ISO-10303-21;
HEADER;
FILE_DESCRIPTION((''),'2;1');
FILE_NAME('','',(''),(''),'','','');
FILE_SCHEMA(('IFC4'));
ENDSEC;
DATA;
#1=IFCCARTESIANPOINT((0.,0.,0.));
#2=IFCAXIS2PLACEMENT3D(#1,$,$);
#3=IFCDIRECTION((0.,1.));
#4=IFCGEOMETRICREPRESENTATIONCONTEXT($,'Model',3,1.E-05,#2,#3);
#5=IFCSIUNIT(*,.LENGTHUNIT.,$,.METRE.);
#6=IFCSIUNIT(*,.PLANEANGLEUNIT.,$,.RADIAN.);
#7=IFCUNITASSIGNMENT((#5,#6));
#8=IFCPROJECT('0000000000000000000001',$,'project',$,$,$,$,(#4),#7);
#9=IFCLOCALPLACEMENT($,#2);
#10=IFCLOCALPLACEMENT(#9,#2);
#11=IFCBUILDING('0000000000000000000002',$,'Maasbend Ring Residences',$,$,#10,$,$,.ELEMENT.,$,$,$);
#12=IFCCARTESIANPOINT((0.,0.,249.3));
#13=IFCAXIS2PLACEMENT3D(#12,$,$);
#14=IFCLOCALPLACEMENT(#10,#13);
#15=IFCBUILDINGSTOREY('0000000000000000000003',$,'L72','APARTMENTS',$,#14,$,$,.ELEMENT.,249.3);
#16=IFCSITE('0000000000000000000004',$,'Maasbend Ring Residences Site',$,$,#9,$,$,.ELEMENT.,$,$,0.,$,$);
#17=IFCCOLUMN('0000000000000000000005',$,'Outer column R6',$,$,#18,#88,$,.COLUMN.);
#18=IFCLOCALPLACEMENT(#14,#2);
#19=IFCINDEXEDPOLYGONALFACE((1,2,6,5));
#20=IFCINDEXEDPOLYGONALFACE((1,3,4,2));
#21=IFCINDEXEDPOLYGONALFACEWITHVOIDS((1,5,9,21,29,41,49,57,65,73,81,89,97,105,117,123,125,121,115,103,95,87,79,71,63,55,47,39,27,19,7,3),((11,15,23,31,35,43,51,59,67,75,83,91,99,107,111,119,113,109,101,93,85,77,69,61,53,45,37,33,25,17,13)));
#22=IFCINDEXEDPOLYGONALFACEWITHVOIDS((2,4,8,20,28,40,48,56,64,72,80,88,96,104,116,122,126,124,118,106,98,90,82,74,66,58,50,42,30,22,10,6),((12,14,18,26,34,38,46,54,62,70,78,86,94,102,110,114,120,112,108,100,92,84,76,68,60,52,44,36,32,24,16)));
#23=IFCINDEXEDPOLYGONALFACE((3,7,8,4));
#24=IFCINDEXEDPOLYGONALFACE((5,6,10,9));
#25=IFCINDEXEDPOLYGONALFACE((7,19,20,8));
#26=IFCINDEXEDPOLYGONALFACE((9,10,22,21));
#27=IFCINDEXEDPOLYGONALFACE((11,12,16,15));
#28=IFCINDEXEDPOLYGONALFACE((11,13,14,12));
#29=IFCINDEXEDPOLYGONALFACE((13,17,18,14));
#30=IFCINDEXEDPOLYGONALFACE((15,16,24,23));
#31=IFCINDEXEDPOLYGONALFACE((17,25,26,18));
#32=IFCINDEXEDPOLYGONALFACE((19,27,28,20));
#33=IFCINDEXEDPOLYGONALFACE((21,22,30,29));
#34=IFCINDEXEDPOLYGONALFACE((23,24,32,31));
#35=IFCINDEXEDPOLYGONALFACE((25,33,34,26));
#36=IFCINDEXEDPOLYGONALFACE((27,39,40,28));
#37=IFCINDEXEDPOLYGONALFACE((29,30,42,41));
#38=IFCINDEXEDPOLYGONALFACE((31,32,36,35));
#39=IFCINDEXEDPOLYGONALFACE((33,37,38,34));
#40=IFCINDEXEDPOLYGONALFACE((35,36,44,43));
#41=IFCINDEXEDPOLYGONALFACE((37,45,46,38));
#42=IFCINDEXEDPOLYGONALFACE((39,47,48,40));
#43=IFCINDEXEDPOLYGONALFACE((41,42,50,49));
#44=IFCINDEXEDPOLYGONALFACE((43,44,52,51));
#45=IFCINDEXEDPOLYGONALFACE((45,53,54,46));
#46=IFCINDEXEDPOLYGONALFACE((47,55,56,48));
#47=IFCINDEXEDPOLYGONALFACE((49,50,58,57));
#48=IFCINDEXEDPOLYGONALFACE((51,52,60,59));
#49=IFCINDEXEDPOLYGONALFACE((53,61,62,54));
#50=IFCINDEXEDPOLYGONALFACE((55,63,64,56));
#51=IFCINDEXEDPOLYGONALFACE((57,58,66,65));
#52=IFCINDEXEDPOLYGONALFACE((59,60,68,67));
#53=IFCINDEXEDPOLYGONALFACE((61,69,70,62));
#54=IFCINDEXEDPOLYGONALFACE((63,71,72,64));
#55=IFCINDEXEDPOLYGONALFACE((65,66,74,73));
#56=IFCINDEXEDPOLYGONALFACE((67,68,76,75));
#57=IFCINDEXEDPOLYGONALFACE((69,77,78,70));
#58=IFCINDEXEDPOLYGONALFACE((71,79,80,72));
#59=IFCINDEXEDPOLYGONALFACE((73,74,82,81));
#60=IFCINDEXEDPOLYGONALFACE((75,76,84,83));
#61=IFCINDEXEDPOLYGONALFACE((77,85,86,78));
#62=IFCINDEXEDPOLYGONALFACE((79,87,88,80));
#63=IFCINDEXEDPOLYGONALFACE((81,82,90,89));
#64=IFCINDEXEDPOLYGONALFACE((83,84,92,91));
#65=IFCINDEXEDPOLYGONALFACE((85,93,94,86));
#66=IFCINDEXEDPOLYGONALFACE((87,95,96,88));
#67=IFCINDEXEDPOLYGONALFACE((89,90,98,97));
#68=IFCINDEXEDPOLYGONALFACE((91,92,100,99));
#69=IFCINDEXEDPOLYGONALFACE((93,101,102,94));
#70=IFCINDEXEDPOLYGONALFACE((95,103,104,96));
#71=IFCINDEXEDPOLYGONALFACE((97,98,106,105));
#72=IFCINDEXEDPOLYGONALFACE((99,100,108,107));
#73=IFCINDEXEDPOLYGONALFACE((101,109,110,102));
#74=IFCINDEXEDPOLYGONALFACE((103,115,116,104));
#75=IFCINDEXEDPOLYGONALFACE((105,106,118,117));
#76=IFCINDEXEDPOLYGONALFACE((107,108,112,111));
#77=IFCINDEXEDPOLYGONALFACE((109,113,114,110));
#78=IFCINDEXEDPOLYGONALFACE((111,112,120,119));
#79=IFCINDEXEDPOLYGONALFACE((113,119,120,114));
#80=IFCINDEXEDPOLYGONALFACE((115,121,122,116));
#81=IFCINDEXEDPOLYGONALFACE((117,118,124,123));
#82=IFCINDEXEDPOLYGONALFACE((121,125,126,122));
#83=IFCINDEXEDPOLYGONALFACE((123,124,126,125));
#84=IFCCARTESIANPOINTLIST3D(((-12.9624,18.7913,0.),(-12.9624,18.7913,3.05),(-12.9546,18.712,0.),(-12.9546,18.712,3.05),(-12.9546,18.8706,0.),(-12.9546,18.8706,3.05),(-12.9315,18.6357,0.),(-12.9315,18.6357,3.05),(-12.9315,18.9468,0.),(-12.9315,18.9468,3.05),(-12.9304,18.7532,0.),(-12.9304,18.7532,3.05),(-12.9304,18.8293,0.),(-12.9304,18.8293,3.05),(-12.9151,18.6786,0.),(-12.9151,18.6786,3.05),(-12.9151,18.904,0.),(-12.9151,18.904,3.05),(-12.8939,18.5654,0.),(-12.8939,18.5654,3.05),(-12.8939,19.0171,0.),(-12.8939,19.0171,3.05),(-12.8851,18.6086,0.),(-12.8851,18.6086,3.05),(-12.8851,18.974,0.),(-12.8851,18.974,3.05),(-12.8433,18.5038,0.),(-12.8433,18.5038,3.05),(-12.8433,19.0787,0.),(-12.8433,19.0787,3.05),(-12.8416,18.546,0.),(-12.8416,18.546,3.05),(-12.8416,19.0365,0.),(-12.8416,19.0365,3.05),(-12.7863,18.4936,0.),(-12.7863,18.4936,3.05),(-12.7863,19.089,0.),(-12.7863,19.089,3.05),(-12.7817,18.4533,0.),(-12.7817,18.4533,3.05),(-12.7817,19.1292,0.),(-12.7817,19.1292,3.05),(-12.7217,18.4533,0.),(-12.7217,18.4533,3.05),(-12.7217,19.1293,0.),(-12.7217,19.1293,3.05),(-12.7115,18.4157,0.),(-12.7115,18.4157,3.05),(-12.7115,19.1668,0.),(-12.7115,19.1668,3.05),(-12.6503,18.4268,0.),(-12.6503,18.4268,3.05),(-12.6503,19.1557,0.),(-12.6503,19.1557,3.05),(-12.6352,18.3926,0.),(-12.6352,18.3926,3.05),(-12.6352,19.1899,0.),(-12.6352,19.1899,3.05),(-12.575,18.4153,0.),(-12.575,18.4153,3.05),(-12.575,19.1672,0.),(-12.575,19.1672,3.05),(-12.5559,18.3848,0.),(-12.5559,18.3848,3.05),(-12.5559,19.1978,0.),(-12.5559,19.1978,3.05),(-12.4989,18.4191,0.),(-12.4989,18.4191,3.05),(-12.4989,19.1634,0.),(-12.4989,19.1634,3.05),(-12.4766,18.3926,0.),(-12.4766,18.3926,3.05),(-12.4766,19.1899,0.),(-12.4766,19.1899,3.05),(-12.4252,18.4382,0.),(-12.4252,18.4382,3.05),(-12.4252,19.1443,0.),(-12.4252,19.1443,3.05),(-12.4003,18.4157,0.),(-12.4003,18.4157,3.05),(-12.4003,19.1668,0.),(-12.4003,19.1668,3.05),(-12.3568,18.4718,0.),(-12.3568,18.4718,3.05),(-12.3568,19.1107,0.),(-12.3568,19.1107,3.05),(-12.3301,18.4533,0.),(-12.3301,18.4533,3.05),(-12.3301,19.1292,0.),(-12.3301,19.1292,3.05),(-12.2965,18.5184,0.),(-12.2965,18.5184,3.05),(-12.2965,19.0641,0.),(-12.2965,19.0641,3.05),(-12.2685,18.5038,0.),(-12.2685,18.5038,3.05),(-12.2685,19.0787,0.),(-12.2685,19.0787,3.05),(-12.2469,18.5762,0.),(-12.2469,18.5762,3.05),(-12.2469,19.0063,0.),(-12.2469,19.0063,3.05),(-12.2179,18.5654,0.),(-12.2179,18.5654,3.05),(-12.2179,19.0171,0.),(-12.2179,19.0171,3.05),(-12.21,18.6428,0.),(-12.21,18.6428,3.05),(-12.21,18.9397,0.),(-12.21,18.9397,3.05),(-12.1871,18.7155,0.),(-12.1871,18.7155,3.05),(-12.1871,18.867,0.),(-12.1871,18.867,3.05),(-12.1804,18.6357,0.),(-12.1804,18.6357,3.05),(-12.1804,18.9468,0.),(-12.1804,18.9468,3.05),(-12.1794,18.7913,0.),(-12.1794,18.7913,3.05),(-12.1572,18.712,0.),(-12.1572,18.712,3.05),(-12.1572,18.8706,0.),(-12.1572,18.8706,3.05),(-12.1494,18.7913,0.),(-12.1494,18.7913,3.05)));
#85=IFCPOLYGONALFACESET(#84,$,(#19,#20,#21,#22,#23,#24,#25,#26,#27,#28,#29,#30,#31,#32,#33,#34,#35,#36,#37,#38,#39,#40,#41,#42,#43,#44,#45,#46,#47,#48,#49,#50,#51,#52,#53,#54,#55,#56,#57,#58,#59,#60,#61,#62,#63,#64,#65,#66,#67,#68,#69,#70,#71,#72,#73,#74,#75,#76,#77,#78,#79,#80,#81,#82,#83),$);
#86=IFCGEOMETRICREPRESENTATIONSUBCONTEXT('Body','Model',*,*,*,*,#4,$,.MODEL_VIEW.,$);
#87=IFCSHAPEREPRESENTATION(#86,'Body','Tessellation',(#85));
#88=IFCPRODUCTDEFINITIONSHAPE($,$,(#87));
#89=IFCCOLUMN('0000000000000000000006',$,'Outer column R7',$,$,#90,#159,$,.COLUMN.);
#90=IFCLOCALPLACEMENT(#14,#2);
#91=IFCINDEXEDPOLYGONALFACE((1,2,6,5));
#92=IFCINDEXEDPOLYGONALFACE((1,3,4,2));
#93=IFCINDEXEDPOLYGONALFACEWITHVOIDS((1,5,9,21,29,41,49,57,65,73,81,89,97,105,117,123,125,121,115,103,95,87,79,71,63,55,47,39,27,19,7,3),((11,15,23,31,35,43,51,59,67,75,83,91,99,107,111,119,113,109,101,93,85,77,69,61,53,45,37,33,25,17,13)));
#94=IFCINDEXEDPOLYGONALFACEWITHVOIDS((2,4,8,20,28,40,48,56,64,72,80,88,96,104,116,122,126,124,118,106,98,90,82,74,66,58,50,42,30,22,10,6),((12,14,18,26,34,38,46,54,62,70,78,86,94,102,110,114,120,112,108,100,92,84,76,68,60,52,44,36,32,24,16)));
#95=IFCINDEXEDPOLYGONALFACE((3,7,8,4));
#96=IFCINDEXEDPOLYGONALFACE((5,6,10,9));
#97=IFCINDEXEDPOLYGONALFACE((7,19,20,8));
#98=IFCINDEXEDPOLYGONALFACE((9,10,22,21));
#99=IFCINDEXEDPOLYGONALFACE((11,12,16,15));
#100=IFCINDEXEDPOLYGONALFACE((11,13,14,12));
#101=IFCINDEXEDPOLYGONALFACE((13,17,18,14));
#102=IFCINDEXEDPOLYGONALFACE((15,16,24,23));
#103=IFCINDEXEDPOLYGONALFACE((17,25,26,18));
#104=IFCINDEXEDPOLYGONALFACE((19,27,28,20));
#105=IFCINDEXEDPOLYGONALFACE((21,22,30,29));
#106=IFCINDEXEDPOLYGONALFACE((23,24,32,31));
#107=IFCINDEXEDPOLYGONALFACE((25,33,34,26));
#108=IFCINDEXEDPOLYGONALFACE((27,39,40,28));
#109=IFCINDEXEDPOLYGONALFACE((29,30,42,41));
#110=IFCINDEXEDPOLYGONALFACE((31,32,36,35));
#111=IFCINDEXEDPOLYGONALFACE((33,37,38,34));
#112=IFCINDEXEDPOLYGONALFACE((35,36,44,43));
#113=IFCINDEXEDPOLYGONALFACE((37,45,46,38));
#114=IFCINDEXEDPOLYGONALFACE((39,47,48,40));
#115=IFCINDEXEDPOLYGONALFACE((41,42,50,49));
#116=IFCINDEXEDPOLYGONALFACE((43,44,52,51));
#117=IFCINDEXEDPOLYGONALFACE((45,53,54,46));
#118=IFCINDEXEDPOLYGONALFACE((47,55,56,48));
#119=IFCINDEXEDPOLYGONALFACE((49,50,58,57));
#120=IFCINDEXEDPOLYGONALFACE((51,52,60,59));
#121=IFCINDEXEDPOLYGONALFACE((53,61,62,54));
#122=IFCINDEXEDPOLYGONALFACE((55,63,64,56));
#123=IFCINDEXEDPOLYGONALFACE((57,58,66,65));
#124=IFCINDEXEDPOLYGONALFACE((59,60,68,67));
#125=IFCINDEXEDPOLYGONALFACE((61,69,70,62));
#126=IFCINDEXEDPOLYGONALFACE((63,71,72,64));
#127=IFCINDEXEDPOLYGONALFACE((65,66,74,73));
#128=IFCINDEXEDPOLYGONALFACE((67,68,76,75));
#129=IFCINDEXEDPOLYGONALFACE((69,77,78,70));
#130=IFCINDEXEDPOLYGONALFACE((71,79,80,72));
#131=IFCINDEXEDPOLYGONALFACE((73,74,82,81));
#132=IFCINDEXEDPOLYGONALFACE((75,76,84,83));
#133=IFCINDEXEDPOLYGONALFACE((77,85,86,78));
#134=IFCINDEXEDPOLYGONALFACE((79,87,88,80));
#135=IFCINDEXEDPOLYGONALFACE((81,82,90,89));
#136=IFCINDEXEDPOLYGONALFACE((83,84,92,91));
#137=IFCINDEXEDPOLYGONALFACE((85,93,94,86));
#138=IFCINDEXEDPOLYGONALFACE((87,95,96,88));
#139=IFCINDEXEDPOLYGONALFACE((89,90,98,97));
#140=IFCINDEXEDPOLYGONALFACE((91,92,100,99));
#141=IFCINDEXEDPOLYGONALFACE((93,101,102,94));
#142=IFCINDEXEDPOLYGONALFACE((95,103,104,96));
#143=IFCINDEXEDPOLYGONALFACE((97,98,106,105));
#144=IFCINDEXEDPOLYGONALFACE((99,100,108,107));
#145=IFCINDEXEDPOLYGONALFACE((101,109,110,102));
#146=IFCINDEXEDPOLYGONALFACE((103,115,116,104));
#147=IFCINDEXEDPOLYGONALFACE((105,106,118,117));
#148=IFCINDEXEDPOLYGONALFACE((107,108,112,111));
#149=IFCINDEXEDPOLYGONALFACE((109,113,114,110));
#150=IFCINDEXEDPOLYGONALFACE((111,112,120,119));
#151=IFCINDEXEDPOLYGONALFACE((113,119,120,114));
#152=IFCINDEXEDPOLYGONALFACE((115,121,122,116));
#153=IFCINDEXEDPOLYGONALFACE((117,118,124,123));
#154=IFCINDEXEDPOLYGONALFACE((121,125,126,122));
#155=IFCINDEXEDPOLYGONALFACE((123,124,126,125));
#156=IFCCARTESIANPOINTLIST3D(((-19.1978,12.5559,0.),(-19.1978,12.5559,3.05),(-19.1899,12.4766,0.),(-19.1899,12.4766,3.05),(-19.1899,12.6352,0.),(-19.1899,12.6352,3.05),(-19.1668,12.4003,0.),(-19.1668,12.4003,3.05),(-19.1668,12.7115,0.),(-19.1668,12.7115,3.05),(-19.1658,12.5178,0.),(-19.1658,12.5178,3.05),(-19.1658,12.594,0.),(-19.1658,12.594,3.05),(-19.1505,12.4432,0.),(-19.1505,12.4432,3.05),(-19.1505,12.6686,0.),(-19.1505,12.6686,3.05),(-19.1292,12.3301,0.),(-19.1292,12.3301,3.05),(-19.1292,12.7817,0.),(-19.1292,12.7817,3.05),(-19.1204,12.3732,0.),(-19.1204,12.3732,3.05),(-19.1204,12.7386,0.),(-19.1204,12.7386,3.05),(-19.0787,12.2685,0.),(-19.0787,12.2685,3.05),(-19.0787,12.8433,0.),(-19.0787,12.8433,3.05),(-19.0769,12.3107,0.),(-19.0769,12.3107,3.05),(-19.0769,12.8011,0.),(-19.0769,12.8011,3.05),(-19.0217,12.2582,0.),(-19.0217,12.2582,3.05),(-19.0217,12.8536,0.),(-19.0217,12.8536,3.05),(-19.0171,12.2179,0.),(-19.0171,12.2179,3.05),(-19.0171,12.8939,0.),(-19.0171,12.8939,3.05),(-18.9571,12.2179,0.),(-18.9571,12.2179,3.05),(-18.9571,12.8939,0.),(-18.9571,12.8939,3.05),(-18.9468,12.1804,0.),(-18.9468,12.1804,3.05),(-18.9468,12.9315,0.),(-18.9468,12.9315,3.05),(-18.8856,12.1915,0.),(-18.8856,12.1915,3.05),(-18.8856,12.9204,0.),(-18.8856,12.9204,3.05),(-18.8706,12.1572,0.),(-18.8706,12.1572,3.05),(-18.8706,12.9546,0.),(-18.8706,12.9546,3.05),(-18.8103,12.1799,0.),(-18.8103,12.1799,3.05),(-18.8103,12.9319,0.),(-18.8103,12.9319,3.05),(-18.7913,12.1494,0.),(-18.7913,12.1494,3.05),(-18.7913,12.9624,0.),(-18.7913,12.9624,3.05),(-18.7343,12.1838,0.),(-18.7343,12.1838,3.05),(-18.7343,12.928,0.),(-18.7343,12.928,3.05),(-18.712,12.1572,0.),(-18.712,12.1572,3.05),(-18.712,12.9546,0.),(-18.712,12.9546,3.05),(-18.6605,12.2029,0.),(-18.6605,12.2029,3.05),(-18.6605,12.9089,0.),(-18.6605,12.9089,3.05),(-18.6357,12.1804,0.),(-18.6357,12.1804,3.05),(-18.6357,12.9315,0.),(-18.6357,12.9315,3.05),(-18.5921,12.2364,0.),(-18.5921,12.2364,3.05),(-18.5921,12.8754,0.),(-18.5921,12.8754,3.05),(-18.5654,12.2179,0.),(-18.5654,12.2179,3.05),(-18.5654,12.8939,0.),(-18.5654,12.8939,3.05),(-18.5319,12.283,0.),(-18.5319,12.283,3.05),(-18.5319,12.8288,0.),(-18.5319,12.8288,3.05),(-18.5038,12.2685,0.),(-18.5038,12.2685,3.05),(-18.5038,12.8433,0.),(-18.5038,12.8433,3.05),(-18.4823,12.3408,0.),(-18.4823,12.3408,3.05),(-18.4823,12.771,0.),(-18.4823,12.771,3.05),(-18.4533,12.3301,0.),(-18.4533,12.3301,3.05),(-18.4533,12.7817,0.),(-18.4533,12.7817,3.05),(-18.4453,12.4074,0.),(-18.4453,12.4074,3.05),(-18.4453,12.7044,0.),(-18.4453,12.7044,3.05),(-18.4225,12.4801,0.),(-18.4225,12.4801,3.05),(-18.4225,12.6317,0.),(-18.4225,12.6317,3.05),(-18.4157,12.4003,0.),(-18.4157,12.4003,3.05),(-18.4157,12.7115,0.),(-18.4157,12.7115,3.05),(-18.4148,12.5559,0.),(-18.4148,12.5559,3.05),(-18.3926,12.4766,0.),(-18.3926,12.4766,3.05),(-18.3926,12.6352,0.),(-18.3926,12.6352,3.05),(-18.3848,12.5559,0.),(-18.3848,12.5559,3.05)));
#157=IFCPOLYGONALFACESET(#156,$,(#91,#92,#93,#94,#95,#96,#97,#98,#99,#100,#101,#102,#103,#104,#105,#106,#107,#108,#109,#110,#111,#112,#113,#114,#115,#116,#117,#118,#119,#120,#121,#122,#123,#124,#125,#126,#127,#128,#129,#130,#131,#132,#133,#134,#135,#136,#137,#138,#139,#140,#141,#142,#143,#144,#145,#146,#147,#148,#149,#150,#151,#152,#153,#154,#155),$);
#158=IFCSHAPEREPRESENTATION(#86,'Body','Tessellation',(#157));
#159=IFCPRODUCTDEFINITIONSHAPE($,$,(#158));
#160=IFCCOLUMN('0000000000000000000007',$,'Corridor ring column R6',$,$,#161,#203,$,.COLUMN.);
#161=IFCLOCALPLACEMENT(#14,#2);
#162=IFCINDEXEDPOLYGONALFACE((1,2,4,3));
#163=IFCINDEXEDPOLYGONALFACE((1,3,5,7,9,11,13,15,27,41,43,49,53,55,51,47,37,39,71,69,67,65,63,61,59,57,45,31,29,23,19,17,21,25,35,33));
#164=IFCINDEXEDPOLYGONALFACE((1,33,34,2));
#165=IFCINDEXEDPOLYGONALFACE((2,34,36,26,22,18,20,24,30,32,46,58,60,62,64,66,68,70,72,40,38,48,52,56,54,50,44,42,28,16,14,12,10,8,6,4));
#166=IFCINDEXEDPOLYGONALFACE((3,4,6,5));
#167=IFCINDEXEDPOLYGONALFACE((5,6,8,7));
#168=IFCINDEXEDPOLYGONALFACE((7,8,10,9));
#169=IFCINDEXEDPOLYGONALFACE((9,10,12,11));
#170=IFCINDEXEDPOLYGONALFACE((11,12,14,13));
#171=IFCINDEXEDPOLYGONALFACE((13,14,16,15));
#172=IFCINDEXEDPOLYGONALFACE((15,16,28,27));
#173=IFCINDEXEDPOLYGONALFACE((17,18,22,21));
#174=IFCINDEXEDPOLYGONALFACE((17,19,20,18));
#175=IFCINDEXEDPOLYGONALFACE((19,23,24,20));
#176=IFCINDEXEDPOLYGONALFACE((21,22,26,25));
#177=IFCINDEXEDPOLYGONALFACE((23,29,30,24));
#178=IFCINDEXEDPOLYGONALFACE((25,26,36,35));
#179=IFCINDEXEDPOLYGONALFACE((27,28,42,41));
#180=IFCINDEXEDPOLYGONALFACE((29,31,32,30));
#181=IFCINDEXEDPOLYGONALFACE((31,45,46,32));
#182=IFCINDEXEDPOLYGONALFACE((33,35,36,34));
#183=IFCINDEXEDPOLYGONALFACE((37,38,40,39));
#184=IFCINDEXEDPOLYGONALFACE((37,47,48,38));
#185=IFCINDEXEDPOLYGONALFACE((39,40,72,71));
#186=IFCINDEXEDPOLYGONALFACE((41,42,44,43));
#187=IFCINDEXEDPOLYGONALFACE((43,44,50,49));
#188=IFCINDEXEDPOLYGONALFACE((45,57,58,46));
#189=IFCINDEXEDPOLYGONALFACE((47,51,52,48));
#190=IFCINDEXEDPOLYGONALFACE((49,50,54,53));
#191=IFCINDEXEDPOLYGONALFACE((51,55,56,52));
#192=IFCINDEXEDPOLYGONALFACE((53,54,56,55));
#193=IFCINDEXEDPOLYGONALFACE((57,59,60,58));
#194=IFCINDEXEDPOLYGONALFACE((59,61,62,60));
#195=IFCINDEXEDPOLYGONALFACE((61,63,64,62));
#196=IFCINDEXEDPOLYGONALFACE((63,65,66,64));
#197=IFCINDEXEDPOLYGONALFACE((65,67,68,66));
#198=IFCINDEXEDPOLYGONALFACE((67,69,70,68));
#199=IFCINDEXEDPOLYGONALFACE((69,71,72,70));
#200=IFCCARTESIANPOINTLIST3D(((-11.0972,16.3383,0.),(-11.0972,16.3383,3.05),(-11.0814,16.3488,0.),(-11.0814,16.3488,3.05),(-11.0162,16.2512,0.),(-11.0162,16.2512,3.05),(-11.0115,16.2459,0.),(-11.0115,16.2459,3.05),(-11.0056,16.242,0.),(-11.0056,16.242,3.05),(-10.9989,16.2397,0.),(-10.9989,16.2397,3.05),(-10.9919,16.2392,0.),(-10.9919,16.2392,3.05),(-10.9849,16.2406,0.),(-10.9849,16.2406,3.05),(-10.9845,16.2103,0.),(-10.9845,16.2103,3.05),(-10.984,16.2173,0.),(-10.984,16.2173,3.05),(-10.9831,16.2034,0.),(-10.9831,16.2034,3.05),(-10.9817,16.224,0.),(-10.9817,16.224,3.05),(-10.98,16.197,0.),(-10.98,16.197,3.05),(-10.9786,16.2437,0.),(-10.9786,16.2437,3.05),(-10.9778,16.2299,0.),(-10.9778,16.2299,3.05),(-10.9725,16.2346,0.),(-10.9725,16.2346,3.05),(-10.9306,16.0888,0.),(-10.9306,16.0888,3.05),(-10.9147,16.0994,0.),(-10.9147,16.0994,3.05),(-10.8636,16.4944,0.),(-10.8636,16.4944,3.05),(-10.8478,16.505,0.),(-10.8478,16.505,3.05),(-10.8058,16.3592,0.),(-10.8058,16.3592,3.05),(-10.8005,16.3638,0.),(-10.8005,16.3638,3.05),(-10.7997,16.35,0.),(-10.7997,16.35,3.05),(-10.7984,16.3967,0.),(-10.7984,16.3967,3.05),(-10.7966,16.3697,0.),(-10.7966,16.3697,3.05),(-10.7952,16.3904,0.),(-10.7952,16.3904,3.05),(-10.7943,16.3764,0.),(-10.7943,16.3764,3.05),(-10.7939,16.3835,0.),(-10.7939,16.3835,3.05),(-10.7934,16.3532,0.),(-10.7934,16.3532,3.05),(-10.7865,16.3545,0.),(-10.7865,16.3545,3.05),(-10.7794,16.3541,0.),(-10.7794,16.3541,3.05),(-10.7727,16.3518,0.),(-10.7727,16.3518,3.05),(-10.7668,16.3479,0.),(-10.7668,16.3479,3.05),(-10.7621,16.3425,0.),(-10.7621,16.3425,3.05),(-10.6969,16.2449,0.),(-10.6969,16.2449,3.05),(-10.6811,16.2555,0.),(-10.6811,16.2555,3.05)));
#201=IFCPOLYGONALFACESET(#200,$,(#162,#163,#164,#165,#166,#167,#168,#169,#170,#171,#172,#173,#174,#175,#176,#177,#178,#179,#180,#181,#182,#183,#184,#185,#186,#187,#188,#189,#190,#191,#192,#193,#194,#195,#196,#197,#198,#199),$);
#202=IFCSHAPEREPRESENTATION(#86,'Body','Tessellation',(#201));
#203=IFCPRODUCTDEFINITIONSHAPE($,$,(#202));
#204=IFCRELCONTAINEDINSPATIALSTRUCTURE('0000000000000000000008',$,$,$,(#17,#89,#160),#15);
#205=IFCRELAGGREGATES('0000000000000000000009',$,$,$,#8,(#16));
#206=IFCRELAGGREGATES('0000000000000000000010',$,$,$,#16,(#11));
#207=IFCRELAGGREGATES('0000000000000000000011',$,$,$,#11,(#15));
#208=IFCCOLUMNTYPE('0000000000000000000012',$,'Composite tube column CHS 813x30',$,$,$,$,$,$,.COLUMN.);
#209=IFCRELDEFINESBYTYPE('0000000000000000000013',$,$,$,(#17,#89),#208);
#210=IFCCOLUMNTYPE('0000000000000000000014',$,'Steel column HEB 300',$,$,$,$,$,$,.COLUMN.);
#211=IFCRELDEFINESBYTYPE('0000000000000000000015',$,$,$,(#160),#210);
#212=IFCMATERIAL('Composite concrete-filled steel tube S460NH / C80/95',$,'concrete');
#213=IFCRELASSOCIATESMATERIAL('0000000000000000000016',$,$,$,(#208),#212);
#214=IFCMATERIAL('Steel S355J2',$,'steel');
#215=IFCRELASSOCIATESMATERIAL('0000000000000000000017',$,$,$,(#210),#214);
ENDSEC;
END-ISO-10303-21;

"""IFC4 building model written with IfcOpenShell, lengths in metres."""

from ifc_helpers import new_model, si_unit, direction, frame, origin, origin_2d, place, context, subcontext, project, spatial, hollow_circle, i_section, extrude, material, material_profile, profile_set, type_object, element, save


model = new_model("IFC4")

# Units and contexts
model_context = context("Model", 3, precision=1e-05, world=origin(), true_north=direction((0.0, 1.0)))
body_context = subcontext(model_context, "Body", "Model", "MODEL_VIEW")
ifc_project = project(units=[si_unit("LENGTHUNIT", "METRE"), si_unit("PLANEANGLEUNIT", "RADIAN")], contexts=[model_context])

# Site, building, storey
site_placement = place(None, origin())
site = spatial("IfcSite", under=ifc_project, at=site_placement, Name="Maasbend Ring Residences Site", CompositionType="ELEMENT", RefElevation=0.0)
building_placement = place(site_placement, origin())
building = spatial("IfcBuilding", under=site, at=building_placement, Name="Maasbend Ring Residences", CompositionType="ELEMENT")
storey_placement = place(building_placement, frame((0.0, 0.0, 249.3)))
storey = spatial("IfcBuildingStorey", under=building, at=storey_placement, Name="L72", Description="APARTMENTS", CompositionType="ELEMENT", Elevation=249.3)

# Columns
ifc_material_1 = material(Name="Composite concrete-filled steel tube S460NH / C80/95", Category="concrete")
ifc_material_profile_1 = material_profile(ifc_material_1, hollow_circle(Radius=0.4065, WallThickness=0.03, at=origin_2d()), Name="Composite tube column CHS 813x30")
ifc_profile_set_1 = profile_set([ifc_material_profile_1], Name="Composite concrete-filled steel tube S460NH / C80/95")
column_type_1 = type_object("IfcColumnType", Name="Composite tube column CHS 813x30", PredefinedType="COLUMN", material=ifc_profile_set_1)
for number, where, z_axis, x_axis, name in (
    (1, (-12.5559, 18.7913, 0.0), (0.0, 0.0, 1.0), (1.0, 0.0, 0.0), "Outer column R6"),
    (2, (-18.7913, 12.5559, 0.0), (0.0, 0.0, 1.0), (1.0, 0.0, 0.0), "Outer column R7"),
):
    element("IfcColumn", number, at=place(storey_placement, frame(where, z_axis=z_axis, x_axis=x_axis)), inside=storey, type_object=column_type_1, Name=name, PredefinedType="COLUMN", context=body_context, shape_type="SweptSolid", body=[
        extrude(hollow_circle(Radius=0.4065, WallThickness=0.03, at=origin_2d()), origin(), (0.0, 0.0, 1.0), 3.05),
    ])
ifc_material_2 = material(Name="Steel S355J2", Category="steel")
ifc_material_profile_2 = material_profile(ifc_material_2, i_section(OverallWidth=0.3, OverallDepth=0.3, WebThickness=0.011, FlangeThickness=0.019, FilletRadius=0.0271, at=origin_2d()), Name="HEB 300")
ifc_profile_set_2 = profile_set([ifc_material_profile_2], Name="Steel S355J2")
column_type_2 = type_object("IfcColumnType", Name="Steel column HEB 300", PredefinedType="COLUMN", material=ifc_profile_set_2)
for number, where, z_axis, x_axis, name in (
    (3, (-10.8892, 16.2969, 0.0), (0.0, 0.0, 1.0), (-0.55557, 0.83147, 0.0), "Corridor ring column R6"),
):
    element("IfcColumn", number, at=place(storey_placement, frame(where, z_axis=z_axis, x_axis=x_axis)), inside=storey, type_object=column_type_2, Name=name, PredefinedType="COLUMN", context=body_context, shape_type="SweptSolid", body=[
        extrude(i_section(OverallWidth=0.3, OverallDepth=0.3, WebThickness=0.011, FlangeThickness=0.019, FilletRadius=0.0271, at=origin_2d()), origin(), (0.0, 0.0, 1.0), 3.05),
    ])

save(model, "model.ifc")
